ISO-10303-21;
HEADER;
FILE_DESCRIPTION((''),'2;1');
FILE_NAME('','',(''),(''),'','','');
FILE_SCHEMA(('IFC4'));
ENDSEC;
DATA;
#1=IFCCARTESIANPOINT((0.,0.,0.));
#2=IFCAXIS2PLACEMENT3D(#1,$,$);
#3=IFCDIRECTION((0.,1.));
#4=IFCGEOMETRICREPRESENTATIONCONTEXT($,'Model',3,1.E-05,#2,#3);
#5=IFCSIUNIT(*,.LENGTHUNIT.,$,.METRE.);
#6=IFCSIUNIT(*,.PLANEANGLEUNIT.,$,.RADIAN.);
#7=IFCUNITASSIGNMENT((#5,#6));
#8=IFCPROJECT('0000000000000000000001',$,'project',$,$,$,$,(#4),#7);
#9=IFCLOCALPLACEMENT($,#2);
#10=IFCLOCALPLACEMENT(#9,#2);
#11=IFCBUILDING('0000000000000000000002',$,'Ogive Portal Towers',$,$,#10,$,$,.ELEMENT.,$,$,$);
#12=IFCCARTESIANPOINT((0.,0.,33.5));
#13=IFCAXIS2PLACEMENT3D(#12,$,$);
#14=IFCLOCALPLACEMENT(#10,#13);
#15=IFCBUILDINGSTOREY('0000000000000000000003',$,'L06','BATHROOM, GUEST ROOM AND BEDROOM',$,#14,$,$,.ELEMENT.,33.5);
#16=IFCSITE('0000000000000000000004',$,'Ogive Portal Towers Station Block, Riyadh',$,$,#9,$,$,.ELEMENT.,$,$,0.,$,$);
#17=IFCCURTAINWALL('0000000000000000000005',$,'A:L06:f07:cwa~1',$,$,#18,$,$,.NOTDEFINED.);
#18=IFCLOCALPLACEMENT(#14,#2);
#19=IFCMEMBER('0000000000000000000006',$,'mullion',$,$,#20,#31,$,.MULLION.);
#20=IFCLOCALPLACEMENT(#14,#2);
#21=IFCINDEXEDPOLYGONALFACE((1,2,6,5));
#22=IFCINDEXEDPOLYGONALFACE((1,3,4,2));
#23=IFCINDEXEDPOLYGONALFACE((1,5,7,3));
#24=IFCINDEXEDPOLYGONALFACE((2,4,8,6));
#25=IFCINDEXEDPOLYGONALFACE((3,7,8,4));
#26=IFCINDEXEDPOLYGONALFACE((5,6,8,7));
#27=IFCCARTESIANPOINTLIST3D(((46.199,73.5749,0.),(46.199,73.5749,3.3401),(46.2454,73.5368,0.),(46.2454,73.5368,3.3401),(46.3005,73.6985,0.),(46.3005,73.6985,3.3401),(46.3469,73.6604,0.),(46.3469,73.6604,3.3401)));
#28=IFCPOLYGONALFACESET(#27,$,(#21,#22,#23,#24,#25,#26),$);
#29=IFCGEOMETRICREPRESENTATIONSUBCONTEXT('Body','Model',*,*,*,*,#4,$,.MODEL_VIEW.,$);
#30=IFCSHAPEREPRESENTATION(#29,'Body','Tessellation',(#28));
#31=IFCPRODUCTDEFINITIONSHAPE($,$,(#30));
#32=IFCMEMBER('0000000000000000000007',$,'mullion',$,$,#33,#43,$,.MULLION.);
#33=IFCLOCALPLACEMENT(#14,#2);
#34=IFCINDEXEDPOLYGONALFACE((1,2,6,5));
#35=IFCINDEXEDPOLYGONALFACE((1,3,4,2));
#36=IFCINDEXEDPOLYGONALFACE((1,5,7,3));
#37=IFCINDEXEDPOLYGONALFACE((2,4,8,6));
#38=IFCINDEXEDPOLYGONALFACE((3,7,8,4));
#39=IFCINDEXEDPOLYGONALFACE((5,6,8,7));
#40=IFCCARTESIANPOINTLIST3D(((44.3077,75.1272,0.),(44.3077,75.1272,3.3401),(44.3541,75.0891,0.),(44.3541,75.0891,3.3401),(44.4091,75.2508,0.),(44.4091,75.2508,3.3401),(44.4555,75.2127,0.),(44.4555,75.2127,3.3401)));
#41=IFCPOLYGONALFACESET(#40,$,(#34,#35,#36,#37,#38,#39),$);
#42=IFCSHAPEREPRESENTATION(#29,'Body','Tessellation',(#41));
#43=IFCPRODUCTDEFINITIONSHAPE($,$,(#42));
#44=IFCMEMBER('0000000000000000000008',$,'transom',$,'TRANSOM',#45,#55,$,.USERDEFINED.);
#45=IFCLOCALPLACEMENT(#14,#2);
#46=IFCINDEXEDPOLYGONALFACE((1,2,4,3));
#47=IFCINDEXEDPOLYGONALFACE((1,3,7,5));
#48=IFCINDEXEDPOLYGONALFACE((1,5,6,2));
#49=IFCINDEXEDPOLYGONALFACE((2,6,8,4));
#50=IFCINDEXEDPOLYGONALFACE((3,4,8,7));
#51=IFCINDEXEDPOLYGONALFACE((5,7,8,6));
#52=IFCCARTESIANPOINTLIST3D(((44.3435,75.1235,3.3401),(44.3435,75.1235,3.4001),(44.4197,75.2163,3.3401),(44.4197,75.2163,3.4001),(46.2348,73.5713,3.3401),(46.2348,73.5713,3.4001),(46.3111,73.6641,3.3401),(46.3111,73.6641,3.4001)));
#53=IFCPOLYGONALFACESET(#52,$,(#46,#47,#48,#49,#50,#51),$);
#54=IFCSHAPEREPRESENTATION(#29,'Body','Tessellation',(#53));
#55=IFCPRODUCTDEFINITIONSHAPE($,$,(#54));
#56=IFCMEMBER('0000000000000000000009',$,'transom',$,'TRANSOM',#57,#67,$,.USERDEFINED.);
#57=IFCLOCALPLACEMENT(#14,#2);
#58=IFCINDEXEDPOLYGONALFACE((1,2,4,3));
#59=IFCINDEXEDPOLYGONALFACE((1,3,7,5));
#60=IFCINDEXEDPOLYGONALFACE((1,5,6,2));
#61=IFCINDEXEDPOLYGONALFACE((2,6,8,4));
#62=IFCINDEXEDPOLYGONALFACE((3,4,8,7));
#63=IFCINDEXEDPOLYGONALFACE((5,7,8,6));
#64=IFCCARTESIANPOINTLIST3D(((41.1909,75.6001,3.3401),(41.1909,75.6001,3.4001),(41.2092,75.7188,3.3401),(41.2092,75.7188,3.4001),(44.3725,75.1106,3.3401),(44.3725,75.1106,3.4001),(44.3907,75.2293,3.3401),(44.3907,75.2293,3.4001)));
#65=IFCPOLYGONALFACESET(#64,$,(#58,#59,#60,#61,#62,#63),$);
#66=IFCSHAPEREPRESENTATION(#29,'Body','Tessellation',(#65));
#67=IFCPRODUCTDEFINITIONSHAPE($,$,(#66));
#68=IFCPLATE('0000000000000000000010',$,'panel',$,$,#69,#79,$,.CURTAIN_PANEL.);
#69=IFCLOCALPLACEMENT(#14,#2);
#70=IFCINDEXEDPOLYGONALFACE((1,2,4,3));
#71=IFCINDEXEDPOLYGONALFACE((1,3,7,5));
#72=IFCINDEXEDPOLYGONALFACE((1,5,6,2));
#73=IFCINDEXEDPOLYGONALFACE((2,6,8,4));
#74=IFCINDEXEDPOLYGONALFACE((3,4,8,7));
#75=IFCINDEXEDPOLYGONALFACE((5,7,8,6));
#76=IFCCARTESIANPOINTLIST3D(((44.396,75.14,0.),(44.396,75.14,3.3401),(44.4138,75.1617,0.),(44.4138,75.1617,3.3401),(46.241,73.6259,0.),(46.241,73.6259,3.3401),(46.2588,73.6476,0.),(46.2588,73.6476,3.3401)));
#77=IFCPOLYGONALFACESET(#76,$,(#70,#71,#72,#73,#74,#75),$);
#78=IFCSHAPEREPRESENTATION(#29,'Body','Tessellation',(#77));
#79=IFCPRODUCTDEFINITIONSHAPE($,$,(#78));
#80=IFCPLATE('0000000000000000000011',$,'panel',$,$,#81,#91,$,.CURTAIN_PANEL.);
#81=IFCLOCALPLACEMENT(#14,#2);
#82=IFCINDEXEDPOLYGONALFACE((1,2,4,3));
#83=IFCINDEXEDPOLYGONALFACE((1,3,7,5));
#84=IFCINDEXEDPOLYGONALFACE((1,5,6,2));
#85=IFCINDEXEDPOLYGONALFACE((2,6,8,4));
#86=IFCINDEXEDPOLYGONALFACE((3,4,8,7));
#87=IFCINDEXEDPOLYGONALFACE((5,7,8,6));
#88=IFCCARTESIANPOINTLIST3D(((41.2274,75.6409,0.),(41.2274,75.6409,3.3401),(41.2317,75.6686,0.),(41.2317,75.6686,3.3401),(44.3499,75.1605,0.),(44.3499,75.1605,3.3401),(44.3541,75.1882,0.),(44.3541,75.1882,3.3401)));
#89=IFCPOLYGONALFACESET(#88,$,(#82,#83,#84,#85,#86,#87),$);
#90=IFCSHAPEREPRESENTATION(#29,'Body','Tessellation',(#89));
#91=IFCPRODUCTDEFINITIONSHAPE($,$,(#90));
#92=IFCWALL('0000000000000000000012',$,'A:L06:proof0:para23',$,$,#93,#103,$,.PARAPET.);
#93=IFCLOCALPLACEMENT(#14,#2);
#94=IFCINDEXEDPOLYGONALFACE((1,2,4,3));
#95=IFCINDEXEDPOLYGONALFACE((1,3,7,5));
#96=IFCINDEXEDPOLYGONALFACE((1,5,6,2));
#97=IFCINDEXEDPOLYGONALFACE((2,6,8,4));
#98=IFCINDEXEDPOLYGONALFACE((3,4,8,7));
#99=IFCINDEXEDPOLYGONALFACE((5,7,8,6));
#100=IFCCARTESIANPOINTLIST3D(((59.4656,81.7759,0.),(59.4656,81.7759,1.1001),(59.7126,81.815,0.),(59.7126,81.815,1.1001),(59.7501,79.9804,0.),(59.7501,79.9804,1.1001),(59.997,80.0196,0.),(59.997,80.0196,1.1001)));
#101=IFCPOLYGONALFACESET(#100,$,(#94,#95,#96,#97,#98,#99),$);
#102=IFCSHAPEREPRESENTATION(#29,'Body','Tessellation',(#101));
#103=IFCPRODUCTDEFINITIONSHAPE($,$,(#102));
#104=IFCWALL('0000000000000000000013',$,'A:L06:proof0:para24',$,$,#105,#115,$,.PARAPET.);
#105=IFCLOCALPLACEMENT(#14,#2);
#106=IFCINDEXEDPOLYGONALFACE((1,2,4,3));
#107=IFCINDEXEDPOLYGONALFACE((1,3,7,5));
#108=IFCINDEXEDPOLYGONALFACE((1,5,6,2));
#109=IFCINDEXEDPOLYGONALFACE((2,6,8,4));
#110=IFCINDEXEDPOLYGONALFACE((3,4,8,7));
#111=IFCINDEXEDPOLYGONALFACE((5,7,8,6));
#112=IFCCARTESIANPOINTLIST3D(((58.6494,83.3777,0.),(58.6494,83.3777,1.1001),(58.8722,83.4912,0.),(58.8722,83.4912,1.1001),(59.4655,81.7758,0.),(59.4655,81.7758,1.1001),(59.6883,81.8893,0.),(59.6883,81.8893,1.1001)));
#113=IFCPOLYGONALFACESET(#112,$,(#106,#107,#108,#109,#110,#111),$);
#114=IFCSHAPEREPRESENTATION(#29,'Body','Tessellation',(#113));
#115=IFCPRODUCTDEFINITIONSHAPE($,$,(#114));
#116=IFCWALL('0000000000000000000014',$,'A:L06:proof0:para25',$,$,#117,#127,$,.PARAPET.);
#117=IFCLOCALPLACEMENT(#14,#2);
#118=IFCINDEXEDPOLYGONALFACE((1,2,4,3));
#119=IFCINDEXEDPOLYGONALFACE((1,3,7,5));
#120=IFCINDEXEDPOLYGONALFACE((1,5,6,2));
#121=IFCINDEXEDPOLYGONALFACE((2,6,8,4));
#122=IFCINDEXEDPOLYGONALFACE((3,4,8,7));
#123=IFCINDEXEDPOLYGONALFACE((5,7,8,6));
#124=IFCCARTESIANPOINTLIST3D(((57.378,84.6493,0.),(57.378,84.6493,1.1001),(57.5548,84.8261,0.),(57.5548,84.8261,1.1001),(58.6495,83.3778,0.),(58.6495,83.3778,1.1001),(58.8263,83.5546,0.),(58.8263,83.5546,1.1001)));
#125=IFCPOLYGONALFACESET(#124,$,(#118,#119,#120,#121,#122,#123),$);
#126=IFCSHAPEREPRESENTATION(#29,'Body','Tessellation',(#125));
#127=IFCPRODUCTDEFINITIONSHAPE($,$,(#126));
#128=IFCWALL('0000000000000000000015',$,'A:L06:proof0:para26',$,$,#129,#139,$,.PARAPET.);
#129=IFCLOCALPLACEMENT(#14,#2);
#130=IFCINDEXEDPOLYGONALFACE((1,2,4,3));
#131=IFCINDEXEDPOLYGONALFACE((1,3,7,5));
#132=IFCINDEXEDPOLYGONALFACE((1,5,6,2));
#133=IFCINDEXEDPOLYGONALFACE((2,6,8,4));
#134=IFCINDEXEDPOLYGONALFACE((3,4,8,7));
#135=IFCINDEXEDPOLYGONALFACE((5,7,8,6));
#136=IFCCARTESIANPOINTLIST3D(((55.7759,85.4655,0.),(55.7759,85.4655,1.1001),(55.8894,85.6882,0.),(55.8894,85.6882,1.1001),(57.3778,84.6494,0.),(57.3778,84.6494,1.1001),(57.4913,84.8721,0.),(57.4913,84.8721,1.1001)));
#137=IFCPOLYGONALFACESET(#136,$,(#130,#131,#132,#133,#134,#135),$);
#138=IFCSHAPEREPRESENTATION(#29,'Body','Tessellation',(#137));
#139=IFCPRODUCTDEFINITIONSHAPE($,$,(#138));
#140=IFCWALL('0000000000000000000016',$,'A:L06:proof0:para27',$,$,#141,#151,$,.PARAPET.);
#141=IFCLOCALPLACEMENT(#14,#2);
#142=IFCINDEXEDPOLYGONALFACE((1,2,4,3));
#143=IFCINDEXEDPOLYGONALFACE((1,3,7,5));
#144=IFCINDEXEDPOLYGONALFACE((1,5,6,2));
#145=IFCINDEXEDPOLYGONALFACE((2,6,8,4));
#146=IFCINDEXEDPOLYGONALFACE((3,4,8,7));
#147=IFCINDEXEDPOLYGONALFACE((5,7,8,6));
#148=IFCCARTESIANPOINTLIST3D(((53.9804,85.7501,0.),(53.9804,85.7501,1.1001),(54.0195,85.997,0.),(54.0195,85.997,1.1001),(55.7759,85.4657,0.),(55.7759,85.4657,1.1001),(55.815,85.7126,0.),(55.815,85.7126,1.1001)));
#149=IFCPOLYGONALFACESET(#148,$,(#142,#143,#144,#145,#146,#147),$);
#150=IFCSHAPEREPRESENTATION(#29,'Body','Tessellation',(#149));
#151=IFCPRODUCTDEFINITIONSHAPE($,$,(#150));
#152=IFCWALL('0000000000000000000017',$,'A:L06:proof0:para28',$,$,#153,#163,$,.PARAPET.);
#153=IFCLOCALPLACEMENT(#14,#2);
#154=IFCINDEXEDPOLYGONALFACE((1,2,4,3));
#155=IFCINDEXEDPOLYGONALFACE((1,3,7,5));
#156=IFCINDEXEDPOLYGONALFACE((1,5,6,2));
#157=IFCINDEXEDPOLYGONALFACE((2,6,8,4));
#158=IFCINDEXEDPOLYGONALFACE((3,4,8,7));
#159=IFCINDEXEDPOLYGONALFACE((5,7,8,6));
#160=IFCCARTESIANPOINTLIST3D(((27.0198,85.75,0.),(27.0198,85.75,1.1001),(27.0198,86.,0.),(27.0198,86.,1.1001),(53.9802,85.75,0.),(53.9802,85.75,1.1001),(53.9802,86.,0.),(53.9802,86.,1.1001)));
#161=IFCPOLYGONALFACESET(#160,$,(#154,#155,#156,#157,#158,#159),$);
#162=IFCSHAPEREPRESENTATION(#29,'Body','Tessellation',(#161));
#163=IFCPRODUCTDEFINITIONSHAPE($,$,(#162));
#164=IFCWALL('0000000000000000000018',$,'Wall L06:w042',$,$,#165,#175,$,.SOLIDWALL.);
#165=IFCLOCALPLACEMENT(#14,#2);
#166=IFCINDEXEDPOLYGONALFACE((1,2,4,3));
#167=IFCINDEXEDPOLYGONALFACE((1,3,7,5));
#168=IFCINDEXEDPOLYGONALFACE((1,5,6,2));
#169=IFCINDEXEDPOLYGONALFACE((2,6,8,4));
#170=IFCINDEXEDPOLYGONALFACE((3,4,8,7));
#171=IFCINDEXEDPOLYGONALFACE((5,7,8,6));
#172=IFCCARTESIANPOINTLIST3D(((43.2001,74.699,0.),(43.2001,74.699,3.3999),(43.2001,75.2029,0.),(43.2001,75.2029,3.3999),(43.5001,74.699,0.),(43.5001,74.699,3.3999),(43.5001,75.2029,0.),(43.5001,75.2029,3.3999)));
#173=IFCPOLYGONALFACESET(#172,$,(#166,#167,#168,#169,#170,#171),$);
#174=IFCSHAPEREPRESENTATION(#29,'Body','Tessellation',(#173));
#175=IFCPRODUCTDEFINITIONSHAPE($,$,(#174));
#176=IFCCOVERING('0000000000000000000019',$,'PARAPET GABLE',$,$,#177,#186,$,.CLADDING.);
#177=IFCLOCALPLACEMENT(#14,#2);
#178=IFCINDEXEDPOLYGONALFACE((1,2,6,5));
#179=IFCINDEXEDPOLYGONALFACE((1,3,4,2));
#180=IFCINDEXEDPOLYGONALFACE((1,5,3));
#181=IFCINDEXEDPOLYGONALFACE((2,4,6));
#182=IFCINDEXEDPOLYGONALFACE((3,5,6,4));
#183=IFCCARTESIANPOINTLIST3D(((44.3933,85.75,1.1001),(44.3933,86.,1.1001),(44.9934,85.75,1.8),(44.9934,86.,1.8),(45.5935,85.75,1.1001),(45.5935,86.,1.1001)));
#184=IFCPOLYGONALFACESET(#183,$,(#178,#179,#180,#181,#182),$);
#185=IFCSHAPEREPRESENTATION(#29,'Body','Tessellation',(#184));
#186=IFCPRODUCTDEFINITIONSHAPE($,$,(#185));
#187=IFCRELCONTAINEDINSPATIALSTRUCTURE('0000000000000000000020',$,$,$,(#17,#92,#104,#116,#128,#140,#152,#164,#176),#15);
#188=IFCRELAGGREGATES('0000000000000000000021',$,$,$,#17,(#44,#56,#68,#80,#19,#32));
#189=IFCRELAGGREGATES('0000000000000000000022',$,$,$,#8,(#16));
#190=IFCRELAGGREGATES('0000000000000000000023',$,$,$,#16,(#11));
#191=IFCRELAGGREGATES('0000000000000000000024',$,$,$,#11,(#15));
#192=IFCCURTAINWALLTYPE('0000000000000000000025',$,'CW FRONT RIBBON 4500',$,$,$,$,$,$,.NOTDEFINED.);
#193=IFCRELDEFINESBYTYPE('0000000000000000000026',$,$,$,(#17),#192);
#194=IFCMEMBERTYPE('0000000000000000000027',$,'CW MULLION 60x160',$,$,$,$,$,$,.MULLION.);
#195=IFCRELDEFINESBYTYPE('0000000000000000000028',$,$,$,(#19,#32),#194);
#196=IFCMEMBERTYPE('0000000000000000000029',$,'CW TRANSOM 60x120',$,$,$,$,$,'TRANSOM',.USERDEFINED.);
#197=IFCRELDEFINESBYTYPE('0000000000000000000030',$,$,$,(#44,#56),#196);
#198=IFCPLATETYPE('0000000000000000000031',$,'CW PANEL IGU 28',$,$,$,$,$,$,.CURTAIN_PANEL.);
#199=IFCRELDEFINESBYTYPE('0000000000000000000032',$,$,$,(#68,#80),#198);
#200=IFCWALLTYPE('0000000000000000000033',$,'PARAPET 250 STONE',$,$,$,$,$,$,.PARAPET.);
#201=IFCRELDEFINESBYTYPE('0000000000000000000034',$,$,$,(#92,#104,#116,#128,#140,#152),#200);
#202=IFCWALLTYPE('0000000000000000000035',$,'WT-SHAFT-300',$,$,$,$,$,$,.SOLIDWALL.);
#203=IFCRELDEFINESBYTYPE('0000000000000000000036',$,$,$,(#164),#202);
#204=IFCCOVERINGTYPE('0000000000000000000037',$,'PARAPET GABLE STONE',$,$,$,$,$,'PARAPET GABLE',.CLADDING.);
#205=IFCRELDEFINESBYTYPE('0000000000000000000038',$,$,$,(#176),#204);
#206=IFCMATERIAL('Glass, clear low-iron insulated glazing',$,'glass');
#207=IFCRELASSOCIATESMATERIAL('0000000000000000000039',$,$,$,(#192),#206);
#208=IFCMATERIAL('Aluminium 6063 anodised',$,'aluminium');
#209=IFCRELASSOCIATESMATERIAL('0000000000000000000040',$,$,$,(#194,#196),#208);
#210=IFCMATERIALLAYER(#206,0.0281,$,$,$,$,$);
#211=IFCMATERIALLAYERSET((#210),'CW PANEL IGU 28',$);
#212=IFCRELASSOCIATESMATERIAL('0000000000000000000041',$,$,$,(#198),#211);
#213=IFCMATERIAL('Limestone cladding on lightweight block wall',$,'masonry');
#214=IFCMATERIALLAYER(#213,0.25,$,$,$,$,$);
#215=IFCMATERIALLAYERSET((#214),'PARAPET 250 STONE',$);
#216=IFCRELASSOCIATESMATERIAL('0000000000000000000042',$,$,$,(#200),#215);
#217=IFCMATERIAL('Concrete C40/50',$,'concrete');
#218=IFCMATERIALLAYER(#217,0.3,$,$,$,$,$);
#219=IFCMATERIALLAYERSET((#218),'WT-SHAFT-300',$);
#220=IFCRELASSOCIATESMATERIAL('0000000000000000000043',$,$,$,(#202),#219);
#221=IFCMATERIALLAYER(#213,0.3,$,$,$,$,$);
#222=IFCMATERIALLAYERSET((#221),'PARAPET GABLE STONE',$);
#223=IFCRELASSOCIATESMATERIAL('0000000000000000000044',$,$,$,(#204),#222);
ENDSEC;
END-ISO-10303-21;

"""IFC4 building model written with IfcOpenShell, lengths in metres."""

from ifc_helpers import new_model, si_unit, direction, frame, frame_2d, origin, origin_2d, place, context, subcontext, project, spatial, polyline, rectangle, outline, extrude, material, layer, layer_set, material_profile, profile_set, type_object, element, aggregate, save


model = new_model("IFC4")

# Units and contexts
model_context = context("Model", 3, precision=1e-05, world=origin(), true_north=direction((0.0, 1.0)))
body_context = subcontext(model_context, "Body", "Model", "MODEL_VIEW")
ifc_project = project(units=[si_unit("LENGTHUNIT", "METRE"), si_unit("PLANEANGLEUNIT", "RADIAN")], contexts=[model_context])

# Site, building, storey
site_placement = place(None, origin())
site = spatial("IfcSite", under=ifc_project, at=site_placement, Name="Ogive Portal Towers Station Block, Riyadh", CompositionType="ELEMENT", RefElevation=0.0)
building_placement = place(site_placement, origin())
building = spatial("IfcBuilding", under=site, at=building_placement, Name="Ogive Portal Towers", CompositionType="ELEMENT")
storey_placement = place(building_placement, frame((0.0, 0.0, 33.5)))
storey = spatial("IfcBuildingStorey", under=building, at=storey_placement, Name="L06", Description="BATHROOM, GUEST ROOM AND BEDROOM", CompositionType="ELEMENT", Elevation=33.5)

# Curtain wall, members, plates
ifc_material_1 = material(Name="Glass, clear low-iron insulated glazing", Category="glass")
curtain_wall_type = type_object("IfcCurtainWallType", Name="CW FRONT RIBBON 4500", PredefinedType="NOTDEFINED", material=ifc_material_1)
curtain_wall_placement = place(storey_placement, origin())
curtain_wall = element("IfcCurtainWall", 1, at=curtain_wall_placement, inside=storey, type_object=curtain_wall_type, Name="A:L06:f07:cwa~1", PredefinedType="NOTDEFINED")
ifc_material_2 = material(Name="Aluminium 6063 anodised", Category="aluminium")
ifc_material_profile_1 = material_profile(ifc_material_2, rectangle(XDim=0.1599, YDim=0.0601, at=origin_2d()), Name="AL 60x160")
ifc_profile_set_1 = profile_set([ifc_material_profile_1], Name="Aluminium 6063 anodised")
member_type_1 = type_object("IfcMemberType", Name="CW MULLION 60x160", PredefinedType="MULLION", material=ifc_profile_set_1)
member_1_placement = place(storey_placement, frame((46.2729, 73.6177, 0.0), z_axis=(0.0, 0.0, 1.0), x_axis=(-0.634393, -0.77301, 0.0)))
member_1 = element("IfcMember", 2, at=member_1_placement, type_object=member_type_1, Name="mullion", PredefinedType="MULLION", context=body_context, shape_type="SweptSolid", body=[
    extrude(rectangle(XDim=0.1599, YDim=0.0601, at=origin_2d()), origin(), (0.0, 0.0, 1.0), 3.3401),
])
member_2_placement = place(storey_placement, frame((44.3816, 75.1699, 0.0), z_axis=(0.0, 0.0, 1.0), x_axis=(-0.634393, -0.77301, 0.0)))
member_2 = element("IfcMember", 3, at=member_2_placement, type_object=member_type_1, Name="mullion", PredefinedType="MULLION", context=body_context, shape_type="SweptSolid", body=[
    extrude(rectangle(XDim=0.1599, YDim=0.0601, at=origin_2d()), origin(), (0.0, 0.0, 1.0), 3.3401),
])
ifc_material_profile_2 = material_profile(ifc_material_2, rectangle(XDim=0.1201, YDim=0.0601, at=origin_2d()), Name="AL 120x60")
ifc_profile_set_2 = profile_set([ifc_material_profile_2], Name="Aluminium 6063 anodised")
member_type_2 = type_object("IfcMemberType", Name="CW TRANSOM 60x120", ElementType="TRANSOM", PredefinedType="USERDEFINED", material=ifc_profile_set_2)
member_3_placement = place(storey_placement, frame((46.2729, 73.6177, 3.3701), z_axis=(-0.773001, 0.634405, 0.0), x_axis=(-0.634405, -0.773001, 0.0)))
member_3 = element("IfcMember", 4, at=member_3_placement, type_object=member_type_2, Name="transom", ObjectType="TRANSOM", PredefinedType="USERDEFINED", context=body_context, shape_type="SweptSolid", body=[
    extrude(rectangle(XDim=0.1201, YDim=0.0601, at=origin_2d()), origin(), (0.0, 0.0, 1.0), 2.4468),
])
member_4_placement = place(storey_placement, frame((44.3816, 75.1699, 3.3701), z_axis=(-0.988371, 0.152063, 0.0), x_axis=(-0.152063, -0.988371, 0.0)))
member_4 = element("IfcMember", 5, at=member_4_placement, type_object=member_type_2, Name="transom", ObjectType="TRANSOM", PredefinedType="USERDEFINED", context=body_context, shape_type="SweptSolid", body=[
    extrude(rectangle(XDim=0.1201, YDim=0.0601, at=origin_2d()), origin(), (0.0, 0.0, 1.0), 3.219),
])
ifc_layer_1 = layer(ifc_material_1, 0.0281)
ifc_layer_set_1 = layer_set([ifc_layer_1], Name="CW PANEL IGU 28")
plate_type = type_object("IfcPlateType", Name="CW PANEL IGU 28", PredefinedType="CURTAIN_PANEL", material=ifc_layer_set_1)
plate_1_placement = place(storey_placement, frame((45.3274, 74.3938, 0.0), z_axis=(0.0, 0.0, 1.0), x_axis=(-0.77301, 0.634393, 0.0)))
plate_1 = element("IfcPlate", 6, at=plate_1_placement, type_object=plate_type, Name="panel", PredefinedType="CURTAIN_PANEL", context=body_context, shape_type="SweptSolid", body=[
    extrude(rectangle(XDim=2.3867, YDim=0.0281, at=origin_2d()), origin(), (0.0, 0.0, 1.0), 3.3401),
])
plate_2_placement = place(storey_placement, frame((42.7908, 75.4146, 0.0), z_axis=(0.0, 0.0, 1.0), x_axis=(-0.988369, 0.152074, 0.0)))
plate_2 = element("IfcPlate", 7, at=plate_2_placement, type_object=plate_type, Name="panel", PredefinedType="CURTAIN_PANEL", context=body_context, shape_type="SweptSolid", body=[
    extrude(rectangle(XDim=3.1592, YDim=0.0281, at=origin_2d()), origin(), (0.0, 0.0, 1.0), 3.3401),
])
aggregate(curtain_wall, [member_3, member_4, plate_1, plate_2, member_1, member_2])

# Walls
ifc_material_3 = material(Name="Limestone cladding on lightweight block wall", Category="masonry")
ifc_layer_2 = layer(ifc_material_3, 0.25)
ifc_layer_set_2 = layer_set([ifc_layer_2], Name="PARAPET 250 STONE")
wall_type_1 = type_object("IfcWallType", Name="PARAPET 250 STONE", PredefinedType="PARAPET", material=ifc_layer_set_2)
wall_1_placement = place(storey_placement, frame((59.8735, 80.0, 0.0), z_axis=(0.0, 0.0, 1.0), x_axis=(-0.156466, 0.987683, 0.0)))
element("IfcWall", 8, at=wall_1_placement, inside=storey, type_object=wall_type_1, Name="A:L06:proof0:para23", PredefinedType="PARAPET", context=body_context, shape_type="SweptSolid", body=[
    extrude(rectangle(XDim=1.8179, YDim=0.25, at=frame_2d((0.9089, 0.0))), origin(), (0.0, 0.0, 1.0), 1.1001),
])
wall_2_placement = place(storey_placement, frame((59.5769, 81.8325, 0.0), z_axis=(0.0, 0.0, 1.0), x_axis=(-0.453936, 0.891034, 0.0)))
element("IfcWall", 9, at=wall_2_placement, inside=storey, type_object=wall_type_1, Name="A:L06:proof0:para24", PredefinedType="PARAPET", context=body_context, shape_type="SweptSolid", body=[
    extrude(rectangle(XDim=1.7979, YDim=0.25, at=frame_2d((0.8989, 0.0))), origin(), (0.0, 0.0, 1.0), 1.1001),
])
wall_3_placement = place(storey_placement, frame((58.7378, 83.4663, 0.0), z_axis=(0.0, 0.0, 1.0), x_axis=(-0.707107, 0.707107, 0.0)))
element("IfcWall", 10, at=wall_3_placement, inside=storey, type_object=wall_type_1, Name="A:L06:proof0:para25", PredefinedType="PARAPET", context=body_context, shape_type="SweptSolid", body=[
    extrude(rectangle(XDim=1.7981, YDim=0.25, at=frame_2d((0.8989, 0.0))), origin(), (0.0, 0.0, 1.0), 1.1001),
])
wall_4_placement = place(storey_placement, frame((57.4346, 84.7607, 0.0), z_axis=(0.0, 0.0, 1.0), x_axis=(-0.891034, 0.453936, 0.0)))
element("IfcWall", 11, at=wall_4_placement, inside=storey, type_object=wall_type_1, Name="A:L06:proof0:para26", PredefinedType="PARAPET", context=body_context, shape_type="SweptSolid", body=[
    extrude(rectangle(XDim=1.7979, YDim=0.25, at=frame_2d((0.8989, 0.0))), origin(), (0.0, 0.0, 1.0), 1.1001),
])
wall_5_placement = place(storey_placement, frame((55.7954, 85.5891, 0.0), z_axis=(0.0, 0.0, 1.0), x_axis=(-0.987683, 0.156466, 0.0)))
element("IfcWall", 12, at=wall_5_placement, inside=storey, type_object=wall_type_1, Name="A:L06:proof0:para27", PredefinedType="PARAPET", context=body_context, shape_type="SweptSolid", body=[
    extrude(rectangle(XDim=1.8179, YDim=0.25, at=frame_2d((0.9089, 0.0))), origin(), (0.0, 0.0, 1.0), 1.1001),
])
wall_6_placement = place(storey_placement, frame((53.9802, 85.875, 0.0), z_axis=(0.0, 0.0, 1.0), x_axis=(-1.0, 0.0, 0.0)))
element("IfcWall", 13, at=wall_6_placement, inside=storey, type_object=wall_type_1, Name="A:L06:proof0:para28", PredefinedType="PARAPET", context=body_context, shape_type="SweptSolid", body=[
    extrude(rectangle(XDim=26.9604, YDim=0.25, at=frame_2d((13.4802, 0.0))), origin(), (0.0, 0.0, 1.0), 1.1001),
])
ifc_material_4 = material(Name="Concrete C40/50", Category="concrete")
ifc_layer_3 = layer(ifc_material_4, 0.3)
ifc_layer_set_3 = layer_set([ifc_layer_3], Name="WT-SHAFT-300")
wall_type_2 = type_object("IfcWallType", Name="WT-SHAFT-300", PredefinedType="SOLIDWALL", material=ifc_layer_set_3)
wall_7_placement = place(storey_placement, frame((43.3501, 74.699, 0.0), z_axis=(0.0, 0.0, 1.0), x_axis=(0.0, 1.0, 0.0)))
element("IfcWall", 14, at=wall_7_placement, inside=storey, type_object=wall_type_2, Name="Wall L06:w042", PredefinedType="SOLIDWALL", context=body_context, shape_type="SweptSolid", body=[
    extrude(rectangle(XDim=0.5039, YDim=0.3, at=frame_2d((0.252, 0.0))), origin(), (0.0, 0.0, 1.0), 3.3999),
])

# Covering
ifc_layer_4 = layer(ifc_material_3, 0.3)
ifc_layer_set_4 = layer_set([ifc_layer_4], Name="PARAPET GABLE STONE")
covering_type_1 = type_object("IfcCoveringType", Name="PARAPET GABLE STONE", ElementType="PARAPET GABLE", PredefinedType="CLADDING", material=ifc_layer_set_4)
covering_1_placement = place(storey_placement, frame((44.3933, 85.75, 1.1001), z_axis=(0.0, -1.0, 0.0), x_axis=(1.0, 0.0, 0.0)))
element("IfcCovering", 15, at=covering_1_placement, inside=storey, type_object=covering_type_1, Name="PARAPET GABLE", PredefinedType="CLADDING", context=body_context, shape_type="SweptSolid", body=[
    extrude(outline(polyline([(0.0, 0.0), (1.2002, 0.0), (0.6001, 0.7), (0.0, 0.0)])), origin(), (0.0, 0.0, -1.0), 0.25),
])

save(model, "model.ifc")
